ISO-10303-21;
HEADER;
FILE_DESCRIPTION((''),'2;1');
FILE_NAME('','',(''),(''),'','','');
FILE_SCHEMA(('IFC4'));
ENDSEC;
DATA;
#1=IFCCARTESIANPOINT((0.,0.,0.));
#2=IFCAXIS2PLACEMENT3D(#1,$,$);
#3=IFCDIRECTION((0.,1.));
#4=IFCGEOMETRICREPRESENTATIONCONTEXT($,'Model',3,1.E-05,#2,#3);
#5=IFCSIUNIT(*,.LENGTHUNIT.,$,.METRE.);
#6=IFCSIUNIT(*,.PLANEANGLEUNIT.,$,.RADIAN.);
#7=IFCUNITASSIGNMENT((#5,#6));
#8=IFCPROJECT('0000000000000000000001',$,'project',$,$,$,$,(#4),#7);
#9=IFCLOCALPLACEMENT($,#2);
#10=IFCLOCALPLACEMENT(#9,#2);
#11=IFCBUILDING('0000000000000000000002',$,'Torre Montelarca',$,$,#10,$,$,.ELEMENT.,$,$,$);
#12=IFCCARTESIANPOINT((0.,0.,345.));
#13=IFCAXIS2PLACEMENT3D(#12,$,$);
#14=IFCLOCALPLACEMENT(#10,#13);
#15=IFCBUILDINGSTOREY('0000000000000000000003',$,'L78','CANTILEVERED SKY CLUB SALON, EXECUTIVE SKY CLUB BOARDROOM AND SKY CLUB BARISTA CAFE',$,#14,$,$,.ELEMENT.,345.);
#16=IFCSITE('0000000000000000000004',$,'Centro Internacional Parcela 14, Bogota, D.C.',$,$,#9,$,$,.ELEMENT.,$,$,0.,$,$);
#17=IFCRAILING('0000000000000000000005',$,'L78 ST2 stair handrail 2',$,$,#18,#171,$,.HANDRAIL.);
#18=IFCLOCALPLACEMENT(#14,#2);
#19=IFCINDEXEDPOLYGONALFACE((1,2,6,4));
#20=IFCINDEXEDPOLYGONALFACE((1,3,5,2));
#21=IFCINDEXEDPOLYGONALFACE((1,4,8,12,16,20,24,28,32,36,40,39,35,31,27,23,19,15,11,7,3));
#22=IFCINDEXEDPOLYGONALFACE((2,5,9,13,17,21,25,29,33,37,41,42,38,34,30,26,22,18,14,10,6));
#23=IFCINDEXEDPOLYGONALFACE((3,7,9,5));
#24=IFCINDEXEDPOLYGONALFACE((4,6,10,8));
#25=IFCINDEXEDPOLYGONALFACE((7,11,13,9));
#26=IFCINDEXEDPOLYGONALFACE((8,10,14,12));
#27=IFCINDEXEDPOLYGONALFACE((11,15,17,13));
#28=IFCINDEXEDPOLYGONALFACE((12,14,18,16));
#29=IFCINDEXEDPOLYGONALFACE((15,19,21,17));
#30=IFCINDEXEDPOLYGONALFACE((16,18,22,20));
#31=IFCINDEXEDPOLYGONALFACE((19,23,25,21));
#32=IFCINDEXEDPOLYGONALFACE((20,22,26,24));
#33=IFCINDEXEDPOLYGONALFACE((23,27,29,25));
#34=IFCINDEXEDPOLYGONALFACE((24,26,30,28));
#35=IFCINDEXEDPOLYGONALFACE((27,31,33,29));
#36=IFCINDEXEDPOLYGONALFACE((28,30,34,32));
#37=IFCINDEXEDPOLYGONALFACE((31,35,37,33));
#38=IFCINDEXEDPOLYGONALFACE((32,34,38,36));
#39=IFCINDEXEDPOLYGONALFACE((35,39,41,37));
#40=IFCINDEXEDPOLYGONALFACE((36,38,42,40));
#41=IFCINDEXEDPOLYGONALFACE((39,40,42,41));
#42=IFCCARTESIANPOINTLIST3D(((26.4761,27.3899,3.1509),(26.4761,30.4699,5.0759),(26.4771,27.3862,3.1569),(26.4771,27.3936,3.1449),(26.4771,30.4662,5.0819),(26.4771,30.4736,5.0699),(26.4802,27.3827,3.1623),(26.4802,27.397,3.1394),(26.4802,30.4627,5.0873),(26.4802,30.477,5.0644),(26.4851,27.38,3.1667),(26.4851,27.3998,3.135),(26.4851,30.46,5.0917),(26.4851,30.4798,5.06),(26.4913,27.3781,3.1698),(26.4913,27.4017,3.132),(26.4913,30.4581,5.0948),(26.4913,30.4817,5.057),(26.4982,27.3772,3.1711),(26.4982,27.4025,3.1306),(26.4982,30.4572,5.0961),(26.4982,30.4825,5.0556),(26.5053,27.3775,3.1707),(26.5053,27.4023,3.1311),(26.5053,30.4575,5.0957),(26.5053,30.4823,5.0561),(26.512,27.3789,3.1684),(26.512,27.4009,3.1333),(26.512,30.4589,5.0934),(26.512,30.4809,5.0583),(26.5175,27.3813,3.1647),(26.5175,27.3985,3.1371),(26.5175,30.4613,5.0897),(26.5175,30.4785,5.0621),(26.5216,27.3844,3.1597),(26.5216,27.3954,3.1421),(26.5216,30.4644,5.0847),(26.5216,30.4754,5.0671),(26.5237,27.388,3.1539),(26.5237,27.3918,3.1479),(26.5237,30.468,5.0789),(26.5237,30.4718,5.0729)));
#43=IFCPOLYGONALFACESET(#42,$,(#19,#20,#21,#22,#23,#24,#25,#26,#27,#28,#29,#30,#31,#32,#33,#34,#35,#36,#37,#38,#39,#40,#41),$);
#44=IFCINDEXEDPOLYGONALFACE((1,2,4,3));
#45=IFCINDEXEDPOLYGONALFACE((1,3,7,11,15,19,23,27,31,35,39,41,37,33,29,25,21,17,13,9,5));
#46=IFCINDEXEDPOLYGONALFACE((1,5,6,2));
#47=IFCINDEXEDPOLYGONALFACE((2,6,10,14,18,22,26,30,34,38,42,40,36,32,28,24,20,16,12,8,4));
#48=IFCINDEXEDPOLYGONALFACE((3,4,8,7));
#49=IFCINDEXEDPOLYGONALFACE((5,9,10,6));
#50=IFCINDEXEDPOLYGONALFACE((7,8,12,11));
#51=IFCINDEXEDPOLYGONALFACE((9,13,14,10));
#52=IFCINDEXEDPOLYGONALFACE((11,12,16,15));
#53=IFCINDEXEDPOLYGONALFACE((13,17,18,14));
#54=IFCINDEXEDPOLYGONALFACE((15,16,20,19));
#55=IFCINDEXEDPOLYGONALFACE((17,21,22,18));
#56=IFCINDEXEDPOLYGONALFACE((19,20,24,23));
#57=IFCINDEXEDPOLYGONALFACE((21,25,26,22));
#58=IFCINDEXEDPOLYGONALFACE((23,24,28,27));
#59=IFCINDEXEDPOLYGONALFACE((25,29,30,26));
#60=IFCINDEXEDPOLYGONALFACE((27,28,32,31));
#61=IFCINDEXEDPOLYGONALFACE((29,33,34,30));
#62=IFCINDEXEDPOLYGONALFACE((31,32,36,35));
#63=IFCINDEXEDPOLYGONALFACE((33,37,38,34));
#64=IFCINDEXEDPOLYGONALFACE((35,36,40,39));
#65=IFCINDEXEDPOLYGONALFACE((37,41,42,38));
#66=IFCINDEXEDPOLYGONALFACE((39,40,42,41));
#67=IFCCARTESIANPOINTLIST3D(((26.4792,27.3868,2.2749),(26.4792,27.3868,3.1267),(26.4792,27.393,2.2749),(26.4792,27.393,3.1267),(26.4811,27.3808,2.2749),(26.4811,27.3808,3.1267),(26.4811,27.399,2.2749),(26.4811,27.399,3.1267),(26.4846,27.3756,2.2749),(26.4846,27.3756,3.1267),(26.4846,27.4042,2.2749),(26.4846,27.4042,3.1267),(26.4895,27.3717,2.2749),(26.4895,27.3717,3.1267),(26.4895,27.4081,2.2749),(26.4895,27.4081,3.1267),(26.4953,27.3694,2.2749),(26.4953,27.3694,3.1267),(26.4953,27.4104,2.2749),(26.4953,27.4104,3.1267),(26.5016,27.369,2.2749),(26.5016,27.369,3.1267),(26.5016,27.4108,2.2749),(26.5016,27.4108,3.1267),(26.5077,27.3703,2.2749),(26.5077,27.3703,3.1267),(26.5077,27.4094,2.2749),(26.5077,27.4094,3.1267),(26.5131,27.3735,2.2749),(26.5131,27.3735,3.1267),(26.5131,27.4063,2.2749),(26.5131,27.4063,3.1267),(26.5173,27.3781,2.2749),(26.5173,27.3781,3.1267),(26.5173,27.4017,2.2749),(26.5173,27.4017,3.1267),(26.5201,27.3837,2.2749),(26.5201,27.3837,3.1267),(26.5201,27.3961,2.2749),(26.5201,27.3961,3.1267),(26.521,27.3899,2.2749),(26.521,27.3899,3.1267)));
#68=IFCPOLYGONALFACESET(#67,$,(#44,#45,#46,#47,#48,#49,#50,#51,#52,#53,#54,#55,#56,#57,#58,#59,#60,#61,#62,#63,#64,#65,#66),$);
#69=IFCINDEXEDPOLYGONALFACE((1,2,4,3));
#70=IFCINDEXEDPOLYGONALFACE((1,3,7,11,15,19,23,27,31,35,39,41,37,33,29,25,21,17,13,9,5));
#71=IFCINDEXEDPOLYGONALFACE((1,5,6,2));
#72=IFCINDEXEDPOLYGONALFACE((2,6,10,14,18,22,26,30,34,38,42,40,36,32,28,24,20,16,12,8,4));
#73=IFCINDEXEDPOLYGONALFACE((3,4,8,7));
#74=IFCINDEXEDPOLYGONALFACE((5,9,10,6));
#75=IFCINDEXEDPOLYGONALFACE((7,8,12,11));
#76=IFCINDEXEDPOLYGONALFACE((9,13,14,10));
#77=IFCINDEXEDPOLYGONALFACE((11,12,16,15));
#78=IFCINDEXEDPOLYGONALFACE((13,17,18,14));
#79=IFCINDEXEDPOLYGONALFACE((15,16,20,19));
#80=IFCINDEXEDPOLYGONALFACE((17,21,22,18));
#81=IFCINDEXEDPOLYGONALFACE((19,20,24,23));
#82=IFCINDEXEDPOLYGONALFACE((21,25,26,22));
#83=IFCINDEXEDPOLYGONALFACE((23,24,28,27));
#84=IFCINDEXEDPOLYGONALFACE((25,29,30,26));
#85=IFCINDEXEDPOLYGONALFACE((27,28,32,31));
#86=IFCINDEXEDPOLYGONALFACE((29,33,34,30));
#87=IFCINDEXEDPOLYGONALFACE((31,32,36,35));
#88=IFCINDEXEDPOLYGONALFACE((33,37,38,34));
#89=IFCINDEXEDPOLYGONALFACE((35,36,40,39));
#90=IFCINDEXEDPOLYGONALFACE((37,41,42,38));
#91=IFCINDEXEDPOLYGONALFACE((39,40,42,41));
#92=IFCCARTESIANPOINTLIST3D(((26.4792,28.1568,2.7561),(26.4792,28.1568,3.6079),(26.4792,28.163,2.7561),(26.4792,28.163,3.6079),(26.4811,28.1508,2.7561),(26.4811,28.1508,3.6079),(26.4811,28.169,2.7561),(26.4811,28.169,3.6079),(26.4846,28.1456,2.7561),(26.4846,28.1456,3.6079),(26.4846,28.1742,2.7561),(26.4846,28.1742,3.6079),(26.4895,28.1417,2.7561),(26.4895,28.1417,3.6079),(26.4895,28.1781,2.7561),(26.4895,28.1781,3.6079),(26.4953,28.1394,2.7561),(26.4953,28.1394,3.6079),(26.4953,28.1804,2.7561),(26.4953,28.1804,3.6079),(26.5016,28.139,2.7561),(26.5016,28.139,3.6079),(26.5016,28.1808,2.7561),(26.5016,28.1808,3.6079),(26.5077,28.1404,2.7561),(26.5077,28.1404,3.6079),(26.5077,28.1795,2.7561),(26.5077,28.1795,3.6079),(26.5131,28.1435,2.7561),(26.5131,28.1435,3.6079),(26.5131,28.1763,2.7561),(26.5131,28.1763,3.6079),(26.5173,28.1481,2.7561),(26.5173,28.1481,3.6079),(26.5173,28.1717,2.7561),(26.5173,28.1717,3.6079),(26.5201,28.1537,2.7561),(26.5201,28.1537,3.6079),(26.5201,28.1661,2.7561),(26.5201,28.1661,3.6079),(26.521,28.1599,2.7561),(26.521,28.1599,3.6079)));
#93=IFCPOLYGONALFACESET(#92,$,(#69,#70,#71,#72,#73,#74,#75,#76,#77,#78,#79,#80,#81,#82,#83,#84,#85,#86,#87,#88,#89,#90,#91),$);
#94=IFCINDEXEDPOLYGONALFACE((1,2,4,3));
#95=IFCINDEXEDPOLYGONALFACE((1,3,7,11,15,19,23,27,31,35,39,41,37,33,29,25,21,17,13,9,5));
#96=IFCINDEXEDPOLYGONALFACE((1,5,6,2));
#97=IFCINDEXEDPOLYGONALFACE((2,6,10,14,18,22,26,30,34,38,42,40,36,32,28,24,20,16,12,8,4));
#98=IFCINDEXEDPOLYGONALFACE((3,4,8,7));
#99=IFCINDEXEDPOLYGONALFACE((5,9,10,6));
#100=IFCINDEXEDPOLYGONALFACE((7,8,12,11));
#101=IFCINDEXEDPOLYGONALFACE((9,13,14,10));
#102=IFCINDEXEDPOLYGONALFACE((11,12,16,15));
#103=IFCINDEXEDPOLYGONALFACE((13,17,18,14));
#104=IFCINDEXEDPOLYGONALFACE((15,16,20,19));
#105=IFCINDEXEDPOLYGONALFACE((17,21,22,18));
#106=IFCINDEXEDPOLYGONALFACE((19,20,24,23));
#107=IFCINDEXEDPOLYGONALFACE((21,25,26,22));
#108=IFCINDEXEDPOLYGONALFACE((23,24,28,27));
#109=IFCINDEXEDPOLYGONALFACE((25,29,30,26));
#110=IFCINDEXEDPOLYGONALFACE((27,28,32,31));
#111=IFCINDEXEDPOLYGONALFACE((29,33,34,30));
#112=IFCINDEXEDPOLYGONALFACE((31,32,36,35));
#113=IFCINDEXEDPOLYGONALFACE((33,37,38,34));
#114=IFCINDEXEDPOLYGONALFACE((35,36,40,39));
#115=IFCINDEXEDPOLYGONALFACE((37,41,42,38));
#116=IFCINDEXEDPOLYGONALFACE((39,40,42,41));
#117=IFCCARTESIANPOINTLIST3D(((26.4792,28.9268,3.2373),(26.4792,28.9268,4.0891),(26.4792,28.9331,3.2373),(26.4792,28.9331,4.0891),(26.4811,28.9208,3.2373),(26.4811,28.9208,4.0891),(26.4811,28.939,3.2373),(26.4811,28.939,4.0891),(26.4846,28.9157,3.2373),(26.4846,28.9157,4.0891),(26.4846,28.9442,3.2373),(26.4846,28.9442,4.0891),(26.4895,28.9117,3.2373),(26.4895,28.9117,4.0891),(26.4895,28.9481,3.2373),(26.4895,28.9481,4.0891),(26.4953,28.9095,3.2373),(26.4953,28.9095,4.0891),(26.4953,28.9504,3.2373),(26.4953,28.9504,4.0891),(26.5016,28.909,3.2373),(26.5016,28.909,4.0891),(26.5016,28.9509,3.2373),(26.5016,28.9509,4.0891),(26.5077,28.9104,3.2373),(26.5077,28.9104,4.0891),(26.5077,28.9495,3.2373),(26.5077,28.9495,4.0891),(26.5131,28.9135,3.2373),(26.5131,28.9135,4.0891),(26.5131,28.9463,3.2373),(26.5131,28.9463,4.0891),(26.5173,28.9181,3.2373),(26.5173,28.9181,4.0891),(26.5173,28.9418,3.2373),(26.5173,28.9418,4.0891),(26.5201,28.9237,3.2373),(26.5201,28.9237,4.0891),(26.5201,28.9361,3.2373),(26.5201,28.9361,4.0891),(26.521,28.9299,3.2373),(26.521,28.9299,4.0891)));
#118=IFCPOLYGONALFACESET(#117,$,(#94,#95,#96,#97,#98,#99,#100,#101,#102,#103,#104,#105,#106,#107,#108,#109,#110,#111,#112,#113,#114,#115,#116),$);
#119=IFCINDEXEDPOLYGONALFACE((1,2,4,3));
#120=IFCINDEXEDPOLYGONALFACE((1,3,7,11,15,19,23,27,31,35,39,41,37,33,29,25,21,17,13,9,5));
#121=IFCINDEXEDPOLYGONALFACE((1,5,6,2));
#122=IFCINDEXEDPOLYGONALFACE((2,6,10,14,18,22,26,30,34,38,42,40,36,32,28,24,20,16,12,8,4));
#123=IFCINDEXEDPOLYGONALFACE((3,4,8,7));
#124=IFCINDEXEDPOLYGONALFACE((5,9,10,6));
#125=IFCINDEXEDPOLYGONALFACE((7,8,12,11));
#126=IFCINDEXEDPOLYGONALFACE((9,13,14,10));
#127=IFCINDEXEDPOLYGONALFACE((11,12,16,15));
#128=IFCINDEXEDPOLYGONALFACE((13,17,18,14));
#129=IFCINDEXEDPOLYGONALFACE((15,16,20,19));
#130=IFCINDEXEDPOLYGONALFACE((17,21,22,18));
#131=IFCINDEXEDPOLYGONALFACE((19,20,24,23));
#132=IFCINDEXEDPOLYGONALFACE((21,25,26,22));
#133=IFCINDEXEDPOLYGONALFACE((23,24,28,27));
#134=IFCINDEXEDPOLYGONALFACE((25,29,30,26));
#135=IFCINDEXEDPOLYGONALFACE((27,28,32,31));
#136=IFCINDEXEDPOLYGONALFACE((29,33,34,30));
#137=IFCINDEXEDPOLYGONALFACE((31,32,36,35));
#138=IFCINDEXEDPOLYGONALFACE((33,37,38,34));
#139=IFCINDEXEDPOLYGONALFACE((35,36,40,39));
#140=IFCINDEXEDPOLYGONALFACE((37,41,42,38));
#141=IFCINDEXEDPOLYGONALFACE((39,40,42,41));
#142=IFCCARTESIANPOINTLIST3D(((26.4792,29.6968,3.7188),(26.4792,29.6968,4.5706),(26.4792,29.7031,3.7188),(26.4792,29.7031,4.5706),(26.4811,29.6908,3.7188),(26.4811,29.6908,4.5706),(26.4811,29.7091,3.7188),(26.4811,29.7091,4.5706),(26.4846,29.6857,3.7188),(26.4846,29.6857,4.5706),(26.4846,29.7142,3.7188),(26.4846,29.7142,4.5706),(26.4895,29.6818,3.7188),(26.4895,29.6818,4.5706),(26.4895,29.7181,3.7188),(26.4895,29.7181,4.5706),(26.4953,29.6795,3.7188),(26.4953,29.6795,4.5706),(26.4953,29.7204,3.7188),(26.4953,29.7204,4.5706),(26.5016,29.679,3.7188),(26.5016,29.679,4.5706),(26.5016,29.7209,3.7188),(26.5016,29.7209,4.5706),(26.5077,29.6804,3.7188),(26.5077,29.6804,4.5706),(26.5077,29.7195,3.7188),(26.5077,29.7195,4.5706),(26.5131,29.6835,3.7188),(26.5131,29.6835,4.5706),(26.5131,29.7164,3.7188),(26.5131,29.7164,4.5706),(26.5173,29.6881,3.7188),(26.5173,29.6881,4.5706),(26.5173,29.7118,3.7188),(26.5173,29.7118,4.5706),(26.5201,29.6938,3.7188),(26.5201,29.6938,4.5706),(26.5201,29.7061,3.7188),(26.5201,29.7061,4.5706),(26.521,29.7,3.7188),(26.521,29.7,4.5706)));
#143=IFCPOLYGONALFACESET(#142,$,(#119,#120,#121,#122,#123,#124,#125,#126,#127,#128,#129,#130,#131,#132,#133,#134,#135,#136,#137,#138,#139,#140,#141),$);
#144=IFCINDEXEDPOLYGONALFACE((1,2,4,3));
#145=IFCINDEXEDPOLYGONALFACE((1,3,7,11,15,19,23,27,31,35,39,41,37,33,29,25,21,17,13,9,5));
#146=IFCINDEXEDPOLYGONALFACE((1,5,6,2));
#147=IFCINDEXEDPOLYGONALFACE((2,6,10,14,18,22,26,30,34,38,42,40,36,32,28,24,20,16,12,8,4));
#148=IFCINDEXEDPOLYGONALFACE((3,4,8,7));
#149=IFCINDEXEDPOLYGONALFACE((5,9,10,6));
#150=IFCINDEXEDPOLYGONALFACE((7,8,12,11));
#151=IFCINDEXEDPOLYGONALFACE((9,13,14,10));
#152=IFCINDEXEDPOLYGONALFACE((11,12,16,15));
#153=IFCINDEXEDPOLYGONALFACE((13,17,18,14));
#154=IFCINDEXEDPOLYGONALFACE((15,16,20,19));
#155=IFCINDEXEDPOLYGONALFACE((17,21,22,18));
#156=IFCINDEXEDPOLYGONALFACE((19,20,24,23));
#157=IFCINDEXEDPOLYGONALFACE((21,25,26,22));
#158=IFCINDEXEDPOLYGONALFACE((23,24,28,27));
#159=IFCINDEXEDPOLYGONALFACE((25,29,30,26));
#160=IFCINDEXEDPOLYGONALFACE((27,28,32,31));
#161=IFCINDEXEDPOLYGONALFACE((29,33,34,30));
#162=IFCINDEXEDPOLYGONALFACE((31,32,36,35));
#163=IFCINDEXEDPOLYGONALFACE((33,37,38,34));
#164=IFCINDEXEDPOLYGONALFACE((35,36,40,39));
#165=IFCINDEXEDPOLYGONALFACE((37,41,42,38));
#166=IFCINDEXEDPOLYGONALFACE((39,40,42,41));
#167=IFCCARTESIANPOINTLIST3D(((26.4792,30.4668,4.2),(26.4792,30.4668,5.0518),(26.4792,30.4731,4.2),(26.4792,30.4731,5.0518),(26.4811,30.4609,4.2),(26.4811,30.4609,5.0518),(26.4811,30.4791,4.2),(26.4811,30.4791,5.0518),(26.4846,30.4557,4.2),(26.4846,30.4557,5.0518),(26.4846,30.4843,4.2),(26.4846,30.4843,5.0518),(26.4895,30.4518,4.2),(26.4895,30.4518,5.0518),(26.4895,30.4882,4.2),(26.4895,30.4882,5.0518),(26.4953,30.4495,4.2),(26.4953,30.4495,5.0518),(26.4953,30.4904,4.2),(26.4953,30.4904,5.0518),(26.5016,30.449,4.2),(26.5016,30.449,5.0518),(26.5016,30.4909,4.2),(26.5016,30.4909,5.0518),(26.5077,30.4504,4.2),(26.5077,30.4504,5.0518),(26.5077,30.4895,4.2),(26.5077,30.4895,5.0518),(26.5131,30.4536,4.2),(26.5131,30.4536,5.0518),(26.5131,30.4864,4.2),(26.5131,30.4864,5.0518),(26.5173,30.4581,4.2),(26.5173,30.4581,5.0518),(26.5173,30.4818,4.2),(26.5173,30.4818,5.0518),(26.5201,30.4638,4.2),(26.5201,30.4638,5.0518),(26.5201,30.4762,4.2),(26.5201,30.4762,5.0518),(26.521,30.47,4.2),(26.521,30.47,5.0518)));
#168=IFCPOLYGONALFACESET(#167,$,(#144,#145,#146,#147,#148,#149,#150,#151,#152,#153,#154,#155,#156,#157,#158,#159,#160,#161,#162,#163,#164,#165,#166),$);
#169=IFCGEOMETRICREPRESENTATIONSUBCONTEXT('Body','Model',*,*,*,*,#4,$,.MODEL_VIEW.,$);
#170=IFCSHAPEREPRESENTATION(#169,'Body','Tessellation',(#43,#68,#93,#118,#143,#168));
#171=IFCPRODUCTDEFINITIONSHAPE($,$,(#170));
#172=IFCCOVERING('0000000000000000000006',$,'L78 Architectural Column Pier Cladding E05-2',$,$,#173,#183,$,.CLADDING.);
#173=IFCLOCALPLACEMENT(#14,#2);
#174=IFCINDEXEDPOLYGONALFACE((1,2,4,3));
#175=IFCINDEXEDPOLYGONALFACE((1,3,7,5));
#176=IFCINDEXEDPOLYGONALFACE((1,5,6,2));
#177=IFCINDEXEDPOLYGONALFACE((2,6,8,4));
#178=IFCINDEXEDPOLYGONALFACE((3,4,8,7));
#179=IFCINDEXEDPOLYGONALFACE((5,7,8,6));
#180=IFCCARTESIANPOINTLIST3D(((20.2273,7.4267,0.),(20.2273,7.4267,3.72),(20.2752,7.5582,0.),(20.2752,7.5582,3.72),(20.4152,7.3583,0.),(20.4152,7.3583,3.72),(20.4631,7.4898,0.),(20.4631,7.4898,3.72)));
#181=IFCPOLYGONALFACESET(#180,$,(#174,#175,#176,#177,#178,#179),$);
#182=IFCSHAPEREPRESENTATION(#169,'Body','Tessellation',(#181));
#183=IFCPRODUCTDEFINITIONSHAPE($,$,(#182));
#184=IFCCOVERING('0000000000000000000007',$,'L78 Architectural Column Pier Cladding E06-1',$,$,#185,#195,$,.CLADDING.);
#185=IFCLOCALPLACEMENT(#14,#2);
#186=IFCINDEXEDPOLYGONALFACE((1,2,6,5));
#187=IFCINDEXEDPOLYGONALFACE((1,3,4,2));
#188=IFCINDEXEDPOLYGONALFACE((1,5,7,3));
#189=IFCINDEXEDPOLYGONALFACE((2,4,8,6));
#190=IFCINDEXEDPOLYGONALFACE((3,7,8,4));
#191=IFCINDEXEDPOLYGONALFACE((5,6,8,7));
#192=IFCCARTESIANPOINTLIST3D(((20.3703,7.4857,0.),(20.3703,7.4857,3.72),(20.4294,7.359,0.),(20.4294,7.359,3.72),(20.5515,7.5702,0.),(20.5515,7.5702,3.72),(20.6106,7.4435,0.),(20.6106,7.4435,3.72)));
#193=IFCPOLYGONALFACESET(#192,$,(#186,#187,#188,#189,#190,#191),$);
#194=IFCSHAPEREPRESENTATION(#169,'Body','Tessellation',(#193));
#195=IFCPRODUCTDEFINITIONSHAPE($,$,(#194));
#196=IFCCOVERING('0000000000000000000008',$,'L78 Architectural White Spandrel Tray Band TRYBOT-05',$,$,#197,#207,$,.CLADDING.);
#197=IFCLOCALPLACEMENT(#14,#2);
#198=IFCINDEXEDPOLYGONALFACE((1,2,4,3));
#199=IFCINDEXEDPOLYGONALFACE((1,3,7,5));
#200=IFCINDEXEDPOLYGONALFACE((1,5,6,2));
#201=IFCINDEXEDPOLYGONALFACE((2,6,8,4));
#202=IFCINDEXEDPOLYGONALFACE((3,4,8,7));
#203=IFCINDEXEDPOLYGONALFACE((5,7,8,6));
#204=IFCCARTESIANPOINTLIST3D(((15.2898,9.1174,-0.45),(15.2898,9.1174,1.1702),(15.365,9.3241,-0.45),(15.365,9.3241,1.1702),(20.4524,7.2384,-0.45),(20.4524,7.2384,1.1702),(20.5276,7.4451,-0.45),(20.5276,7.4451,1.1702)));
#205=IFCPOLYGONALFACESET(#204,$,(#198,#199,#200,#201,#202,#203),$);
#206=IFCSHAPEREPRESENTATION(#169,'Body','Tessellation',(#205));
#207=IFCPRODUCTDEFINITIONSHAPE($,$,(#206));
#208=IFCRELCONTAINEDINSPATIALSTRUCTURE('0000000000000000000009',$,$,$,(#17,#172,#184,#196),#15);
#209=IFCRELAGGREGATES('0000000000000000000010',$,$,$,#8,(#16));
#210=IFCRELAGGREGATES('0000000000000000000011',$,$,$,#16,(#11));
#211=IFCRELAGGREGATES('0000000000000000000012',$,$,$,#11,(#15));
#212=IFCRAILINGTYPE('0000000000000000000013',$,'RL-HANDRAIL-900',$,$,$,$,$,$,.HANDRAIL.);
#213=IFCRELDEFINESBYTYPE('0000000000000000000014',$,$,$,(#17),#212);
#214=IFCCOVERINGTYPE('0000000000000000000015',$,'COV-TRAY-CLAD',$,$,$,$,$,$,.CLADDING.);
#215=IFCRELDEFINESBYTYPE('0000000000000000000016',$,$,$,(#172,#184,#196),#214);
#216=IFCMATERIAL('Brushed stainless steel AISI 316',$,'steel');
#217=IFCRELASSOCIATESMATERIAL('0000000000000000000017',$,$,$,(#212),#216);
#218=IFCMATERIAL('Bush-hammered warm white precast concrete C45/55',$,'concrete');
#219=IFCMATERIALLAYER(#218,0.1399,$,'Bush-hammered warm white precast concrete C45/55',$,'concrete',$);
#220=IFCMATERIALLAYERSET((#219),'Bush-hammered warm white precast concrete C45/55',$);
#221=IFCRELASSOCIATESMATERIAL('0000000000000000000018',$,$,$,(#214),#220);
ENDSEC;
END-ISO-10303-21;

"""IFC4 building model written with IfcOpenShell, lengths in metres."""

from ifc_helpers import new_model, si_unit, direction, frame, origin, origin_2d, place, context, subcontext, project, spatial, rectangle, circle, extrude, source, transform, mapped, material, layer, layer_set, type_object, element, save


model = new_model("IFC4")

# Units and contexts
model_context = context("Model", 3, precision=1e-05, world=origin(), true_north=direction((0.0, 1.0)))
body_context = subcontext(model_context, "Body", "Model", "MODEL_VIEW")
ifc_project = project(units=[si_unit("LENGTHUNIT", "METRE"), si_unit("PLANEANGLEUNIT", "RADIAN")], contexts=[model_context])

# Site, building, storey
site_placement = place(None, origin())
site = spatial("IfcSite", under=ifc_project, at=site_placement, Name="Centro Internacional Parcela 14, Bogota, D.C.", CompositionType="ELEMENT", RefElevation=0.0)
building_placement = place(site_placement, origin())
building = spatial("IfcBuilding", under=site, at=building_placement, Name="Torre Montelarca", CompositionType="ELEMENT")
storey_placement = place(building_placement, frame((0.0, 0.0, 345.0)))
storey = spatial("IfcBuildingStorey", under=building, at=storey_placement, Name="L78", Description="CANTILEVERED SKY CLUB SALON, EXECUTIVE SKY CLUB BOARDROOM AND SKY CLUB BARISTA CAFE", CompositionType="ELEMENT", Elevation=345.0)

# Railing
ifc_material_1 = material(Name="Brushed stainless steel AISI 316", Category="steel")
railing_type_1 = type_object("IfcRailingType", Name="RL-HANDRAIL-900", PredefinedType="HANDRAIL", material=ifc_material_1)
railing_1_placement = place(storey_placement, frame((26.5, 27.3899, 2.2749)))
element("IfcRailing", 1, at=railing_1_placement, inside=storey, type_object=railing_type_1, Name="L78 ST2 stair handrail 2", PredefinedType="HANDRAIL", context=body_context, shape_type="SweptSolid", body=[
    extrude(circle(Radius=0.0239, at=origin_2d()), frame((0.0, 0.0, 0.876), z_axis=(0.0, 0.847998, 0.529999), x_axis=(-1.0, 0.0, 0.0)), (0.0, 0.0, 1.0), 3.6321),
    extrude(circle(Radius=0.021, at=origin_2d()), origin(), (0.0, 0.0, 1.0), 0.8518),
    extrude(circle(Radius=0.021, at=origin_2d()), frame((0.0, 0.77, 0.4812)), (0.0, 0.0, 1.0), 0.8518),
    extrude(circle(Radius=0.021, at=origin_2d()), frame((0.0, 1.54, 0.9624)), (0.0, 0.0, 1.0), 0.8518),
    extrude(circle(Radius=0.021, at=origin_2d()), frame((0.0, 2.3101, 1.4438)), (0.0, 0.0, 1.0), 0.8518),
    extrude(circle(Radius=0.021, at=origin_2d()), frame((0.0, 3.0801, 1.925)), (0.0, 0.0, 1.0), 0.8518),
])

# Coverings
ifc_material_2 = material(Name="Bush-hammered warm white precast concrete C45/55", Category="concrete")
ifc_layer_1 = layer(ifc_material_2, 0.1399, Name="Bush-hammered warm white precast concrete C45/55", Category="concrete")
ifc_layer_set_1 = layer_set([ifc_layer_1], Name="Bush-hammered warm white precast concrete C45/55")
covering_type = type_object("IfcCoveringType", Name="COV-TRAY-CLAD", PredefinedType="CLADDING", material=ifc_layer_set_1)
shared_shape_1 = source(origin(), body_context, "Body", "SweptSolid", [
    extrude(rectangle(XDim=0.2, YDim=0.1399, at=origin_2d()), origin(), (0.0, 0.0, 1.0), 3.72),
])
for number, where, z_axis, x_axis, name in (
    (2, (20.3452, 7.4583, 0.0), (0.0, 0.0, 1.0), (0.939696, -0.34201, 0.0), "L78 Architectural Column Pier Cladding E05-2"),
    (3, (20.4905, 7.4646, 0.0), (0.0, 0.0, 1.0), (0.906309, 0.422615, 0.0), "L78 Architectural Column Pier Cladding E06-1"),
):
    element("IfcCovering", number, at=place(storey_placement, frame(where, z_axis=z_axis, x_axis=x_axis)), inside=storey, type_object=covering_type, Name=name, PredefinedType="CLADDING", context=body_context, shape_type="MappedRepresentation", body=[
        mapped(shared_shape_1, transform((0.0, 0.0, 0.0), scale=1.0)),
    ])
shared_shape_2 = source(origin(), body_context, "Body", "SweptSolid", [
    extrude(rectangle(XDim=5.4939, YDim=0.22, at=origin_2d()), origin(), (0.0, 0.0, 1.0), 1.6201),
])
covering_1_placement = place(storey_placement, frame((17.9087, 8.2812, -0.45), z_axis=(0.0, 0.0, 1.0), x_axis=(0.939693, -0.342019, 0.0)))
element("IfcCovering", 4, at=covering_1_placement, inside=storey, type_object=covering_type, Name="L78 Architectural White Spandrel Tray Band TRYBOT-05", PredefinedType="CLADDING", context=body_context, shape_type="MappedRepresentation", body=[
    mapped(shared_shape_2, transform((0.0, 0.0, 0.0), scale=1.0)),
])

save(model, "model.ifc")
